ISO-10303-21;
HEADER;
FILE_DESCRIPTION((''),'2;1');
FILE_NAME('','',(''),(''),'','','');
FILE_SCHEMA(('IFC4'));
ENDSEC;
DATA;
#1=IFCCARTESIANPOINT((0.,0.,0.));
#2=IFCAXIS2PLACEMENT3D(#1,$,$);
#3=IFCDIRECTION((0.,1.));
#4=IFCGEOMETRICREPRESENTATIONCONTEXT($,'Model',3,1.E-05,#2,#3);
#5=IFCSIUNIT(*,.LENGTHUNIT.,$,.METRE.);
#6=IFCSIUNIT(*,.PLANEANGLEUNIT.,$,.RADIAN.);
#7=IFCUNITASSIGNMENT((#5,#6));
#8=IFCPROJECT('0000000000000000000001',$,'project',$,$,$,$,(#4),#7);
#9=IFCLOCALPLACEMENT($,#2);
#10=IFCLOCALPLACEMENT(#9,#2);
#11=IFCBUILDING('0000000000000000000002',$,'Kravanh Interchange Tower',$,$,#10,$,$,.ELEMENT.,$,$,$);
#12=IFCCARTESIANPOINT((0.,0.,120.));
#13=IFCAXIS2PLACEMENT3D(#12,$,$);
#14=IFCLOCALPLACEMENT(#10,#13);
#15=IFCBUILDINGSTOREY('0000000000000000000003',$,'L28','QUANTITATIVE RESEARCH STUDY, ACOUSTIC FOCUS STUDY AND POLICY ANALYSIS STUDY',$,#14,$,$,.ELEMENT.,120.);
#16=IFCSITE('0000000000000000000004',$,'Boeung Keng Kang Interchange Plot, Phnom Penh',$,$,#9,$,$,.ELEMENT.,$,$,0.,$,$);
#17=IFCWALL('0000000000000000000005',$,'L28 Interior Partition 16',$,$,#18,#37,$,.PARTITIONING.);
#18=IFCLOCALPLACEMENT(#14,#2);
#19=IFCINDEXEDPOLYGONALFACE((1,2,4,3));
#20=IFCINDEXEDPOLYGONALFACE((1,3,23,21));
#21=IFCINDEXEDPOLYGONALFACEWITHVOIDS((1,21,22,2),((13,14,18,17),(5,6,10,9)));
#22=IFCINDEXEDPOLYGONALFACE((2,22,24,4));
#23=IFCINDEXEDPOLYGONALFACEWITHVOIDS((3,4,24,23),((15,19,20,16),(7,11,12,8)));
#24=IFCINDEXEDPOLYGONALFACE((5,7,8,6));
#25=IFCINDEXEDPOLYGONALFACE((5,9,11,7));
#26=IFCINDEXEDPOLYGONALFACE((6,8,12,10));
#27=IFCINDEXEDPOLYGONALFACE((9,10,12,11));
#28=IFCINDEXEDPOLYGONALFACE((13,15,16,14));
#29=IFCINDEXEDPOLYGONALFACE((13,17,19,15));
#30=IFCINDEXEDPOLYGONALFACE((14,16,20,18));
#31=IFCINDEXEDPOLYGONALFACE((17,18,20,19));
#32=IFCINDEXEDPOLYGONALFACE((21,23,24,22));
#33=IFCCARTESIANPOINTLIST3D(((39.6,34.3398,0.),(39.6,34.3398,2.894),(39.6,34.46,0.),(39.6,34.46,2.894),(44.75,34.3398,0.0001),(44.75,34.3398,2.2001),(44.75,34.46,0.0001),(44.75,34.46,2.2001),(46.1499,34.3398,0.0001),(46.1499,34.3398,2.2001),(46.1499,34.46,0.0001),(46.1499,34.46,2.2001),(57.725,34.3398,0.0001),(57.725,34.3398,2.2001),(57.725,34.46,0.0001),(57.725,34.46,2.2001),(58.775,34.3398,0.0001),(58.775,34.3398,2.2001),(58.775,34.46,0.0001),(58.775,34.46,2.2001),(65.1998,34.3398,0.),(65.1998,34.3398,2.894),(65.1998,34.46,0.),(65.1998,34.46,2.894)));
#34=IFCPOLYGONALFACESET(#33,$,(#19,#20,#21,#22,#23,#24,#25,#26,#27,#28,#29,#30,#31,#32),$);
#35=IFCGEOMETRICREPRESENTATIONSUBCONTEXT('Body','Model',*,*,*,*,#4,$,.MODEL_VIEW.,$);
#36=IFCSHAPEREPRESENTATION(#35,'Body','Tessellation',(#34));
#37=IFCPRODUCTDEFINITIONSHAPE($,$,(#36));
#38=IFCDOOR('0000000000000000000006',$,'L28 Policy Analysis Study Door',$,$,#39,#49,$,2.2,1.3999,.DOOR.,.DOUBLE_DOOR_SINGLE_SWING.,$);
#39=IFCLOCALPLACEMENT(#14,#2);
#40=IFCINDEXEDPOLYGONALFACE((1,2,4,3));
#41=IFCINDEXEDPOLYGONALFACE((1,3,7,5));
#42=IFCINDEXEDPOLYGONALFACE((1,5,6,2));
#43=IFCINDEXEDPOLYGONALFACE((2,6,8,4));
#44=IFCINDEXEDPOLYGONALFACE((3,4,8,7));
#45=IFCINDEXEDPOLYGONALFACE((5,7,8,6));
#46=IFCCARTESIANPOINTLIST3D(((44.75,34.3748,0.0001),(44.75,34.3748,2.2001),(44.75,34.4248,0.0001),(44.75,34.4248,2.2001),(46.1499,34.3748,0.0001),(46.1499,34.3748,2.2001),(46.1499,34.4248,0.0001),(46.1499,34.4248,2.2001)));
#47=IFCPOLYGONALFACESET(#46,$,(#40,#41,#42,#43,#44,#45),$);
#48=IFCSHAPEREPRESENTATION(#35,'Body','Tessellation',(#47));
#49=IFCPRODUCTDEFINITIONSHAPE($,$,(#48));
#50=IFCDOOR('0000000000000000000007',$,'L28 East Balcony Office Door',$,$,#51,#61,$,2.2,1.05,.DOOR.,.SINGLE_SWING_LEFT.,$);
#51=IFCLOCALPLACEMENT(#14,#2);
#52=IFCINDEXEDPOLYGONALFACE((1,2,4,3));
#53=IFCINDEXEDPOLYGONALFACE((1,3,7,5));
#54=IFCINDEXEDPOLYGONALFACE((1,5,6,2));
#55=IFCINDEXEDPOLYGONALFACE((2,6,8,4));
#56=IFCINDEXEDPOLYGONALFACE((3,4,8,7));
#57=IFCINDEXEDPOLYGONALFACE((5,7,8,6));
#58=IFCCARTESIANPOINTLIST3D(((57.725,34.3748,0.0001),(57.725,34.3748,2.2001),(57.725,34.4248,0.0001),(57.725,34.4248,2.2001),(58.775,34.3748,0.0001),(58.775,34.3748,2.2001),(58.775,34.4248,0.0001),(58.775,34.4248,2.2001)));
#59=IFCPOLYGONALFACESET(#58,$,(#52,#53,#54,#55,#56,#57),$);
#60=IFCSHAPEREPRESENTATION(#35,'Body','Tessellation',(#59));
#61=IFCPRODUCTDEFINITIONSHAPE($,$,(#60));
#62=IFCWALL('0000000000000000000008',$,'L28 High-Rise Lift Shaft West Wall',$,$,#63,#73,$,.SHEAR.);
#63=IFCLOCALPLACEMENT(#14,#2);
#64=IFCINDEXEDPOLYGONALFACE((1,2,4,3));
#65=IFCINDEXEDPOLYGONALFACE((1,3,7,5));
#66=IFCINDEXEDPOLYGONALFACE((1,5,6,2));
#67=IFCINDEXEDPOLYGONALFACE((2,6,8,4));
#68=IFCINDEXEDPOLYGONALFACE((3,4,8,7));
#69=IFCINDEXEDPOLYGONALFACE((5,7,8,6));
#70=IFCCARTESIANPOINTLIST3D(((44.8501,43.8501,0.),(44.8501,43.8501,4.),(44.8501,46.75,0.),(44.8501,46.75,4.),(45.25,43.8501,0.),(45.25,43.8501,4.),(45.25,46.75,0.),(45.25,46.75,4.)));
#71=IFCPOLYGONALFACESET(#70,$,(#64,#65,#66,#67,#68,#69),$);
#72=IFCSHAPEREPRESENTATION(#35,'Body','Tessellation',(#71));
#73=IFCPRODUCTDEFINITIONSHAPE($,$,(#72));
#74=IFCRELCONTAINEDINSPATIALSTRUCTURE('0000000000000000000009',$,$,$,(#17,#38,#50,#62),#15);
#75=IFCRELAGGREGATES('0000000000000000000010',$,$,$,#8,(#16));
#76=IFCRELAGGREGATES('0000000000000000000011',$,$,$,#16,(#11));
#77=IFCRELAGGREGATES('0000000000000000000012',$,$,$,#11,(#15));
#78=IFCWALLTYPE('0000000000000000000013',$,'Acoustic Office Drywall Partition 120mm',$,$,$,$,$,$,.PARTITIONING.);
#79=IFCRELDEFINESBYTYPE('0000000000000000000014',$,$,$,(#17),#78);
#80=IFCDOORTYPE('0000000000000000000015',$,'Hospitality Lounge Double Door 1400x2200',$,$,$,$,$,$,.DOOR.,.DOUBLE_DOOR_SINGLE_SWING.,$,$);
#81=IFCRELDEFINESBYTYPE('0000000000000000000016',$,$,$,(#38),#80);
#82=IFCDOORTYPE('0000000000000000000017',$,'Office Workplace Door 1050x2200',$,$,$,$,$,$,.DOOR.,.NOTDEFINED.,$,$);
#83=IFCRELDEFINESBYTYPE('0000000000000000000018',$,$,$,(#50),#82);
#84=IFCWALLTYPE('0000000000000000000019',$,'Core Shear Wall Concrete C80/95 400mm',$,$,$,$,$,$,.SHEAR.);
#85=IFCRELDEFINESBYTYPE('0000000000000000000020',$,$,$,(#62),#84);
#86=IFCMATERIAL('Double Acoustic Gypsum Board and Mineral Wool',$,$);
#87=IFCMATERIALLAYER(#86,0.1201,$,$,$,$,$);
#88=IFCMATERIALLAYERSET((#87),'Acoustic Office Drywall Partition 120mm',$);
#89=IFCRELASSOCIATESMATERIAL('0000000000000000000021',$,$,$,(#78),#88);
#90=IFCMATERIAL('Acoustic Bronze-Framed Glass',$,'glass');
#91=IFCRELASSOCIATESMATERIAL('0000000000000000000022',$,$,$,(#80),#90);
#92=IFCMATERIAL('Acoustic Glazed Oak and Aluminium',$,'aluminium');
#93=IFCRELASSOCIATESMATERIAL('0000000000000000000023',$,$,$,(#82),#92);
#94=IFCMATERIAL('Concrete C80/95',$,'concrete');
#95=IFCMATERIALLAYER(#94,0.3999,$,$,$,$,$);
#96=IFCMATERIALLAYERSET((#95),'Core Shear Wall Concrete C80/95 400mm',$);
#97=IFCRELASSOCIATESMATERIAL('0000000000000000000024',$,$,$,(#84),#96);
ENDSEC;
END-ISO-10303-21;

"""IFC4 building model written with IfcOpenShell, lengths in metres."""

from ifc_helpers import new_model, si_unit, direction, frame, frame_2d, origin, place, context, subcontext, project, spatial, rectangle, extrude, material, layer, layer_set, type_object, element, fill, save


model = new_model("IFC4")

# Units and contexts
model_context = context("Model", 3, precision=1e-05, world=origin(), true_north=direction((0.0, 1.0)))
body_context = subcontext(model_context, "Body", "Model", "MODEL_VIEW")
ifc_project = project(units=[si_unit("LENGTHUNIT", "METRE"), si_unit("PLANEANGLEUNIT", "RADIAN")], contexts=[model_context])

# Site, building, storey
site_placement = place(None, origin())
site = spatial("IfcSite", under=ifc_project, at=site_placement, Name="Boeung Keng Kang Interchange Plot, Phnom Penh", CompositionType="ELEMENT", RefElevation=0.0)
building_placement = place(site_placement, origin())
building = spatial("IfcBuilding", under=site, at=building_placement, Name="Kravanh Interchange Tower", CompositionType="ELEMENT")
storey_placement = place(building_placement, frame((0.0, 0.0, 120.0)))
storey = spatial("IfcBuildingStorey", under=building, at=storey_placement, Name="L28", Description="QUANTITATIVE RESEARCH STUDY, ACOUSTIC FOCUS STUDY AND POLICY ANALYSIS STUDY", CompositionType="ELEMENT", Elevation=120.0)

# Wall, openings, doors
ifc_material_1 = material(Name="Double Acoustic Gypsum Board and Mineral Wool")
ifc_layer_1 = layer(ifc_material_1, 0.1201)
ifc_layer_set_1 = layer_set([ifc_layer_1], Name="Acoustic Office Drywall Partition 120mm")
wall_type_1 = type_object("IfcWallType", Name="Acoustic Office Drywall Partition 120mm", PredefinedType="PARTITIONING", material=ifc_layer_set_1)
wall_1_placement = place(storey_placement, frame((39.6001, 34.3999, 0.0), z_axis=(0.0, 0.0, 1.0), x_axis=(1.0, 0.0, 0.0)))
wall_1 = element("IfcWall", 1, at=wall_1_placement, inside=storey, type_object=wall_type_1, Name="L28 Interior Partition 16", PredefinedType="PARTITIONING", context=body_context, shape_type="SweptSolid", body=[
    extrude(rectangle(XDim=25.5999, YDim=0.1201, at=frame_2d((12.7998, 0.0))), origin(), (0.0, 0.0, 1.0), 2.894),
])
opening_1_placement = place(wall_1_placement, frame((5.1499, 0.0, 0.0)))
opening_1 = element("IfcOpeningElement", 2, at=opening_1_placement, cuts=wall_1, PredefinedType="OPENING", context=body_context, shape_type="SweptSolid", body=[
    extrude(rectangle(XDim=1.3999, YDim=2.2, at=frame_2d((0.7, 1.1001))), frame((0.0, 0.0701, 0.0), z_axis=(0.0, -1.0, 0.0), x_axis=(1.0, 0.0, 0.0)), (0.0, 0.0, 1.0), 0.1401),
])
opening_2_placement = place(wall_1_placement, frame((18.125, 0.0, 0.0)))
opening_2 = element("IfcOpeningElement", 3, at=opening_2_placement, cuts=wall_1, PredefinedType="OPENING", context=body_context, shape_type="SweptSolid", body=[
    extrude(rectangle(XDim=1.05, YDim=2.2, at=frame_2d((0.5249, 1.1001))), frame((0.0, 0.0701, 0.0), z_axis=(0.0, -1.0, 0.0), x_axis=(1.0, 0.0, 0.0)), (0.0, 0.0, 1.0), 0.1401),
])
ifc_material_2 = material(Name="Acoustic Bronze-Framed Glass", Category="glass")
door_type_1 = type_object("IfcDoorType", Name="Hospitality Lounge Double Door 1400x2200", OperationType="DOUBLE_DOOR_SINGLE_SWING", PredefinedType="DOOR", material=ifc_material_2)
door_1_placement = place(opening_1_placement, origin())
door_1 = element("IfcDoor", 4, at=door_1_placement, inside=storey, type_object=door_type_1, Name="L28 Policy Analysis Study Door", OperationType="DOUBLE_DOOR_SINGLE_SWING", OverallHeight=2.2, OverallWidth=1.3999, PredefinedType="DOOR", context=body_context, shape_type="SweptSolid", body=[
    extrude(rectangle(XDim=1.3999, YDim=2.2, at=frame_2d((0.7, 1.1001))), frame((0.0, 0.0249, 0.0), z_axis=(0.0, -1.0, 0.0), x_axis=(1.0, 0.0, 0.0)), (0.0, 0.0, 1.0), 0.05),
])
fill(opening_1, door_1)
ifc_material_3 = material(Name="Acoustic Glazed Oak and Aluminium", Category="aluminium")
door_type_2 = type_object("IfcDoorType", Name="Office Workplace Door 1050x2200", OperationType="NOTDEFINED", PredefinedType="DOOR", material=ifc_material_3)
door_2_placement = place(opening_2_placement, origin())
door_2 = element("IfcDoor", 5, at=door_2_placement, inside=storey, type_object=door_type_2, Name="L28 East Balcony Office Door", OperationType="SINGLE_SWING_LEFT", OverallHeight=2.2, OverallWidth=1.05, PredefinedType="DOOR", context=body_context, shape_type="SweptSolid", body=[
    extrude(rectangle(XDim=1.05, YDim=2.2, at=frame_2d((0.5249, 1.1001))), frame((0.0, 0.0249, 0.0), z_axis=(0.0, -1.0, 0.0), x_axis=(1.0, 0.0, 0.0)), (0.0, 0.0, 1.0), 0.05),
])
fill(opening_2, door_2)

# Wall
ifc_material_4 = material(Name="Concrete C80/95", Category="concrete")
ifc_layer_2 = layer(ifc_material_4, 0.3999)
ifc_layer_set_2 = layer_set([ifc_layer_2], Name="Core Shear Wall Concrete C80/95 400mm")
wall_type_2 = type_object("IfcWallType", Name="Core Shear Wall Concrete C80/95 400mm", PredefinedType="SHEAR", material=ifc_layer_set_2)
wall_2_placement = place(storey_placement, frame((45.05, 43.8501, 0.0), z_axis=(0.0, 0.0, 1.0), x_axis=(0.0, 1.0, 0.0)))
element("IfcWall", 6, at=wall_2_placement, inside=storey, type_object=wall_type_2, Name="L28 High-Rise Lift Shaft West Wall", PredefinedType="SHEAR", context=body_context, shape_type="SweptSolid", body=[
    extrude(rectangle(XDim=2.8999, YDim=0.3999, at=frame_2d((1.45, 0.0))), origin(), (0.0, 0.0, 1.0), 4.0),
])

save(model, "model.ifc")
